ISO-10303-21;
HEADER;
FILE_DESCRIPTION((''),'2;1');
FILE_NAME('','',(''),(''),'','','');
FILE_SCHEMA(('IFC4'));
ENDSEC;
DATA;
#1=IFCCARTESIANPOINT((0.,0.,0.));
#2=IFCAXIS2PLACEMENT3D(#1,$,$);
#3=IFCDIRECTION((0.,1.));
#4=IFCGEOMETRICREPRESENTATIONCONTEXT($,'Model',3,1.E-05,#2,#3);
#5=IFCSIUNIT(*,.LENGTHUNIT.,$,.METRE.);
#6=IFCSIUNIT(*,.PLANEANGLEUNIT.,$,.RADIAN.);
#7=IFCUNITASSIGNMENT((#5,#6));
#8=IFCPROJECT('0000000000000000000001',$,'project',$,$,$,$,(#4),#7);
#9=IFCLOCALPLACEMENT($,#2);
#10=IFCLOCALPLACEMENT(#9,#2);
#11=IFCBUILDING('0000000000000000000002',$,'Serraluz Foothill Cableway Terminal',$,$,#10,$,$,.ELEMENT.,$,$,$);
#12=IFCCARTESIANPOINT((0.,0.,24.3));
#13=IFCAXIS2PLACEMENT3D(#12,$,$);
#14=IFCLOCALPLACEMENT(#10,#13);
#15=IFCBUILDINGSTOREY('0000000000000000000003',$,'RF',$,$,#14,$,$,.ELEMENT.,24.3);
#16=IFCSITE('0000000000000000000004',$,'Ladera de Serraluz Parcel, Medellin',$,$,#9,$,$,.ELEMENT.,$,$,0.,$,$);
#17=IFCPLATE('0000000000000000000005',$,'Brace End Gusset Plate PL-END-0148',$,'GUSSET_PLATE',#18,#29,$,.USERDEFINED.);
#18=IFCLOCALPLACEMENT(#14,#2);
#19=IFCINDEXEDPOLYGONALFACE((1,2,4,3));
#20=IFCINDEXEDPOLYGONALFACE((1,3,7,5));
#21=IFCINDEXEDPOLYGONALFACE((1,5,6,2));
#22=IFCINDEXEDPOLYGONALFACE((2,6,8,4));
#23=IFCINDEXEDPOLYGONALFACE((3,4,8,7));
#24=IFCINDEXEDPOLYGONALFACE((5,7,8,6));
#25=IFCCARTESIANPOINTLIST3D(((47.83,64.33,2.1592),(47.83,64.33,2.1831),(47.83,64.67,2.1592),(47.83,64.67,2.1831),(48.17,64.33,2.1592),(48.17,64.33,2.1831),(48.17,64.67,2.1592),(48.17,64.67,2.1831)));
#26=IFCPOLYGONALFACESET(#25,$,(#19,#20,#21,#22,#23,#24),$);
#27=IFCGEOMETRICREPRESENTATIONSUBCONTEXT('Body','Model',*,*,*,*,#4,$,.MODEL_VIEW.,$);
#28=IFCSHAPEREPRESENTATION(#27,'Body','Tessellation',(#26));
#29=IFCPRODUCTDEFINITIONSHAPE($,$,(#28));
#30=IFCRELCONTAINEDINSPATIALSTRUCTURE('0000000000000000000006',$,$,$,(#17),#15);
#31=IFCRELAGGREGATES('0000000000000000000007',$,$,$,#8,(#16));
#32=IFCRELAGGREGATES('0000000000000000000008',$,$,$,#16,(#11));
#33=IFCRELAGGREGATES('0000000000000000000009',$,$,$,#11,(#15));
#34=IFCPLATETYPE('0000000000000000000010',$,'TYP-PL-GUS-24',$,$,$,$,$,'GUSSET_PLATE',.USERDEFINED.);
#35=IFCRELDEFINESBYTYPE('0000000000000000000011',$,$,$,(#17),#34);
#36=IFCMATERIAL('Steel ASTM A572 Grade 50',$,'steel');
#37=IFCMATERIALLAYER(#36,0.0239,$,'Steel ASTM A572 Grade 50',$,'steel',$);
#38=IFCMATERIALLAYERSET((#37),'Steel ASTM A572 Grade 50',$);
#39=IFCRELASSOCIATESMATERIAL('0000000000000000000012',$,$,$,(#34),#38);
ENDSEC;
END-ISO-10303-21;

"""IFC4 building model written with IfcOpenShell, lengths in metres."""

from ifc_helpers import new_model, si_unit, direction, frame, origin, origin_2d, place, context, subcontext, project, spatial, rectangle, extrude, material, layer, layer_set, type_object, element, save


model = new_model("IFC4")

# Units and contexts
model_context = context("Model", 3, precision=1e-05, world=origin(), true_north=direction((0.0, 1.0)))
body_context = subcontext(model_context, "Body", "Model", "MODEL_VIEW")
ifc_project = project(units=[si_unit("LENGTHUNIT", "METRE"), si_unit("PLANEANGLEUNIT", "RADIAN")], contexts=[model_context])

# Site, building, storey
site_placement = place(None, origin())
site = spatial("IfcSite", under=ifc_project, at=site_placement, Name="Ladera de Serraluz Parcel, Medellin", CompositionType="ELEMENT", RefElevation=0.0)
building_placement = place(site_placement, origin())
building = spatial("IfcBuilding", under=site, at=building_placement, Name="Serraluz Foothill Cableway Terminal", CompositionType="ELEMENT")
storey_placement = place(building_placement, frame((0.0, 0.0, 24.3)))
storey = spatial("IfcBuildingStorey", under=building, at=storey_placement, Name="RF", CompositionType="ELEMENT", Elevation=24.3)

# Shared definitions
ifc_material_1 = material(Name="Steel ASTM A572 Grade 50", Category="steel")

# Plate
ifc_layer_1 = layer(ifc_material_1, 0.0239, Name="Steel ASTM A572 Grade 50", Category="steel")
ifc_layer_set_1 = layer_set([ifc_layer_1], Name="Steel ASTM A572 Grade 50")
plate_type_1 = type_object("IfcPlateType", Name="TYP-PL-GUS-24", ElementType="GUSSET_PLATE", PredefinedType="USERDEFINED", material=ifc_layer_set_1)
for number, where, z_axis, x_axis, name in (
    (1, (48.0, 64.5, 2.1592), (0.0, 0.0, 1.0), (1.0, 0.0, 0.0), "Brace End Gusset Plate PL-END-0148"),
):
    element("IfcPlate", number, at=place(storey_placement, frame(where, z_axis=z_axis, x_axis=x_axis)), inside=storey, type_object=plate_type_1, Name=name, ObjectType="GUSSET_PLATE", PredefinedType="USERDEFINED", context=body_context, shape_type="SweptSolid", body=[
        extrude(rectangle(XDim=0.3401, YDim=0.3401, at=origin_2d()), origin(), (0.0, 0.0, 1.0), 0.0239),
    ])

save(model, "model.ifc")
